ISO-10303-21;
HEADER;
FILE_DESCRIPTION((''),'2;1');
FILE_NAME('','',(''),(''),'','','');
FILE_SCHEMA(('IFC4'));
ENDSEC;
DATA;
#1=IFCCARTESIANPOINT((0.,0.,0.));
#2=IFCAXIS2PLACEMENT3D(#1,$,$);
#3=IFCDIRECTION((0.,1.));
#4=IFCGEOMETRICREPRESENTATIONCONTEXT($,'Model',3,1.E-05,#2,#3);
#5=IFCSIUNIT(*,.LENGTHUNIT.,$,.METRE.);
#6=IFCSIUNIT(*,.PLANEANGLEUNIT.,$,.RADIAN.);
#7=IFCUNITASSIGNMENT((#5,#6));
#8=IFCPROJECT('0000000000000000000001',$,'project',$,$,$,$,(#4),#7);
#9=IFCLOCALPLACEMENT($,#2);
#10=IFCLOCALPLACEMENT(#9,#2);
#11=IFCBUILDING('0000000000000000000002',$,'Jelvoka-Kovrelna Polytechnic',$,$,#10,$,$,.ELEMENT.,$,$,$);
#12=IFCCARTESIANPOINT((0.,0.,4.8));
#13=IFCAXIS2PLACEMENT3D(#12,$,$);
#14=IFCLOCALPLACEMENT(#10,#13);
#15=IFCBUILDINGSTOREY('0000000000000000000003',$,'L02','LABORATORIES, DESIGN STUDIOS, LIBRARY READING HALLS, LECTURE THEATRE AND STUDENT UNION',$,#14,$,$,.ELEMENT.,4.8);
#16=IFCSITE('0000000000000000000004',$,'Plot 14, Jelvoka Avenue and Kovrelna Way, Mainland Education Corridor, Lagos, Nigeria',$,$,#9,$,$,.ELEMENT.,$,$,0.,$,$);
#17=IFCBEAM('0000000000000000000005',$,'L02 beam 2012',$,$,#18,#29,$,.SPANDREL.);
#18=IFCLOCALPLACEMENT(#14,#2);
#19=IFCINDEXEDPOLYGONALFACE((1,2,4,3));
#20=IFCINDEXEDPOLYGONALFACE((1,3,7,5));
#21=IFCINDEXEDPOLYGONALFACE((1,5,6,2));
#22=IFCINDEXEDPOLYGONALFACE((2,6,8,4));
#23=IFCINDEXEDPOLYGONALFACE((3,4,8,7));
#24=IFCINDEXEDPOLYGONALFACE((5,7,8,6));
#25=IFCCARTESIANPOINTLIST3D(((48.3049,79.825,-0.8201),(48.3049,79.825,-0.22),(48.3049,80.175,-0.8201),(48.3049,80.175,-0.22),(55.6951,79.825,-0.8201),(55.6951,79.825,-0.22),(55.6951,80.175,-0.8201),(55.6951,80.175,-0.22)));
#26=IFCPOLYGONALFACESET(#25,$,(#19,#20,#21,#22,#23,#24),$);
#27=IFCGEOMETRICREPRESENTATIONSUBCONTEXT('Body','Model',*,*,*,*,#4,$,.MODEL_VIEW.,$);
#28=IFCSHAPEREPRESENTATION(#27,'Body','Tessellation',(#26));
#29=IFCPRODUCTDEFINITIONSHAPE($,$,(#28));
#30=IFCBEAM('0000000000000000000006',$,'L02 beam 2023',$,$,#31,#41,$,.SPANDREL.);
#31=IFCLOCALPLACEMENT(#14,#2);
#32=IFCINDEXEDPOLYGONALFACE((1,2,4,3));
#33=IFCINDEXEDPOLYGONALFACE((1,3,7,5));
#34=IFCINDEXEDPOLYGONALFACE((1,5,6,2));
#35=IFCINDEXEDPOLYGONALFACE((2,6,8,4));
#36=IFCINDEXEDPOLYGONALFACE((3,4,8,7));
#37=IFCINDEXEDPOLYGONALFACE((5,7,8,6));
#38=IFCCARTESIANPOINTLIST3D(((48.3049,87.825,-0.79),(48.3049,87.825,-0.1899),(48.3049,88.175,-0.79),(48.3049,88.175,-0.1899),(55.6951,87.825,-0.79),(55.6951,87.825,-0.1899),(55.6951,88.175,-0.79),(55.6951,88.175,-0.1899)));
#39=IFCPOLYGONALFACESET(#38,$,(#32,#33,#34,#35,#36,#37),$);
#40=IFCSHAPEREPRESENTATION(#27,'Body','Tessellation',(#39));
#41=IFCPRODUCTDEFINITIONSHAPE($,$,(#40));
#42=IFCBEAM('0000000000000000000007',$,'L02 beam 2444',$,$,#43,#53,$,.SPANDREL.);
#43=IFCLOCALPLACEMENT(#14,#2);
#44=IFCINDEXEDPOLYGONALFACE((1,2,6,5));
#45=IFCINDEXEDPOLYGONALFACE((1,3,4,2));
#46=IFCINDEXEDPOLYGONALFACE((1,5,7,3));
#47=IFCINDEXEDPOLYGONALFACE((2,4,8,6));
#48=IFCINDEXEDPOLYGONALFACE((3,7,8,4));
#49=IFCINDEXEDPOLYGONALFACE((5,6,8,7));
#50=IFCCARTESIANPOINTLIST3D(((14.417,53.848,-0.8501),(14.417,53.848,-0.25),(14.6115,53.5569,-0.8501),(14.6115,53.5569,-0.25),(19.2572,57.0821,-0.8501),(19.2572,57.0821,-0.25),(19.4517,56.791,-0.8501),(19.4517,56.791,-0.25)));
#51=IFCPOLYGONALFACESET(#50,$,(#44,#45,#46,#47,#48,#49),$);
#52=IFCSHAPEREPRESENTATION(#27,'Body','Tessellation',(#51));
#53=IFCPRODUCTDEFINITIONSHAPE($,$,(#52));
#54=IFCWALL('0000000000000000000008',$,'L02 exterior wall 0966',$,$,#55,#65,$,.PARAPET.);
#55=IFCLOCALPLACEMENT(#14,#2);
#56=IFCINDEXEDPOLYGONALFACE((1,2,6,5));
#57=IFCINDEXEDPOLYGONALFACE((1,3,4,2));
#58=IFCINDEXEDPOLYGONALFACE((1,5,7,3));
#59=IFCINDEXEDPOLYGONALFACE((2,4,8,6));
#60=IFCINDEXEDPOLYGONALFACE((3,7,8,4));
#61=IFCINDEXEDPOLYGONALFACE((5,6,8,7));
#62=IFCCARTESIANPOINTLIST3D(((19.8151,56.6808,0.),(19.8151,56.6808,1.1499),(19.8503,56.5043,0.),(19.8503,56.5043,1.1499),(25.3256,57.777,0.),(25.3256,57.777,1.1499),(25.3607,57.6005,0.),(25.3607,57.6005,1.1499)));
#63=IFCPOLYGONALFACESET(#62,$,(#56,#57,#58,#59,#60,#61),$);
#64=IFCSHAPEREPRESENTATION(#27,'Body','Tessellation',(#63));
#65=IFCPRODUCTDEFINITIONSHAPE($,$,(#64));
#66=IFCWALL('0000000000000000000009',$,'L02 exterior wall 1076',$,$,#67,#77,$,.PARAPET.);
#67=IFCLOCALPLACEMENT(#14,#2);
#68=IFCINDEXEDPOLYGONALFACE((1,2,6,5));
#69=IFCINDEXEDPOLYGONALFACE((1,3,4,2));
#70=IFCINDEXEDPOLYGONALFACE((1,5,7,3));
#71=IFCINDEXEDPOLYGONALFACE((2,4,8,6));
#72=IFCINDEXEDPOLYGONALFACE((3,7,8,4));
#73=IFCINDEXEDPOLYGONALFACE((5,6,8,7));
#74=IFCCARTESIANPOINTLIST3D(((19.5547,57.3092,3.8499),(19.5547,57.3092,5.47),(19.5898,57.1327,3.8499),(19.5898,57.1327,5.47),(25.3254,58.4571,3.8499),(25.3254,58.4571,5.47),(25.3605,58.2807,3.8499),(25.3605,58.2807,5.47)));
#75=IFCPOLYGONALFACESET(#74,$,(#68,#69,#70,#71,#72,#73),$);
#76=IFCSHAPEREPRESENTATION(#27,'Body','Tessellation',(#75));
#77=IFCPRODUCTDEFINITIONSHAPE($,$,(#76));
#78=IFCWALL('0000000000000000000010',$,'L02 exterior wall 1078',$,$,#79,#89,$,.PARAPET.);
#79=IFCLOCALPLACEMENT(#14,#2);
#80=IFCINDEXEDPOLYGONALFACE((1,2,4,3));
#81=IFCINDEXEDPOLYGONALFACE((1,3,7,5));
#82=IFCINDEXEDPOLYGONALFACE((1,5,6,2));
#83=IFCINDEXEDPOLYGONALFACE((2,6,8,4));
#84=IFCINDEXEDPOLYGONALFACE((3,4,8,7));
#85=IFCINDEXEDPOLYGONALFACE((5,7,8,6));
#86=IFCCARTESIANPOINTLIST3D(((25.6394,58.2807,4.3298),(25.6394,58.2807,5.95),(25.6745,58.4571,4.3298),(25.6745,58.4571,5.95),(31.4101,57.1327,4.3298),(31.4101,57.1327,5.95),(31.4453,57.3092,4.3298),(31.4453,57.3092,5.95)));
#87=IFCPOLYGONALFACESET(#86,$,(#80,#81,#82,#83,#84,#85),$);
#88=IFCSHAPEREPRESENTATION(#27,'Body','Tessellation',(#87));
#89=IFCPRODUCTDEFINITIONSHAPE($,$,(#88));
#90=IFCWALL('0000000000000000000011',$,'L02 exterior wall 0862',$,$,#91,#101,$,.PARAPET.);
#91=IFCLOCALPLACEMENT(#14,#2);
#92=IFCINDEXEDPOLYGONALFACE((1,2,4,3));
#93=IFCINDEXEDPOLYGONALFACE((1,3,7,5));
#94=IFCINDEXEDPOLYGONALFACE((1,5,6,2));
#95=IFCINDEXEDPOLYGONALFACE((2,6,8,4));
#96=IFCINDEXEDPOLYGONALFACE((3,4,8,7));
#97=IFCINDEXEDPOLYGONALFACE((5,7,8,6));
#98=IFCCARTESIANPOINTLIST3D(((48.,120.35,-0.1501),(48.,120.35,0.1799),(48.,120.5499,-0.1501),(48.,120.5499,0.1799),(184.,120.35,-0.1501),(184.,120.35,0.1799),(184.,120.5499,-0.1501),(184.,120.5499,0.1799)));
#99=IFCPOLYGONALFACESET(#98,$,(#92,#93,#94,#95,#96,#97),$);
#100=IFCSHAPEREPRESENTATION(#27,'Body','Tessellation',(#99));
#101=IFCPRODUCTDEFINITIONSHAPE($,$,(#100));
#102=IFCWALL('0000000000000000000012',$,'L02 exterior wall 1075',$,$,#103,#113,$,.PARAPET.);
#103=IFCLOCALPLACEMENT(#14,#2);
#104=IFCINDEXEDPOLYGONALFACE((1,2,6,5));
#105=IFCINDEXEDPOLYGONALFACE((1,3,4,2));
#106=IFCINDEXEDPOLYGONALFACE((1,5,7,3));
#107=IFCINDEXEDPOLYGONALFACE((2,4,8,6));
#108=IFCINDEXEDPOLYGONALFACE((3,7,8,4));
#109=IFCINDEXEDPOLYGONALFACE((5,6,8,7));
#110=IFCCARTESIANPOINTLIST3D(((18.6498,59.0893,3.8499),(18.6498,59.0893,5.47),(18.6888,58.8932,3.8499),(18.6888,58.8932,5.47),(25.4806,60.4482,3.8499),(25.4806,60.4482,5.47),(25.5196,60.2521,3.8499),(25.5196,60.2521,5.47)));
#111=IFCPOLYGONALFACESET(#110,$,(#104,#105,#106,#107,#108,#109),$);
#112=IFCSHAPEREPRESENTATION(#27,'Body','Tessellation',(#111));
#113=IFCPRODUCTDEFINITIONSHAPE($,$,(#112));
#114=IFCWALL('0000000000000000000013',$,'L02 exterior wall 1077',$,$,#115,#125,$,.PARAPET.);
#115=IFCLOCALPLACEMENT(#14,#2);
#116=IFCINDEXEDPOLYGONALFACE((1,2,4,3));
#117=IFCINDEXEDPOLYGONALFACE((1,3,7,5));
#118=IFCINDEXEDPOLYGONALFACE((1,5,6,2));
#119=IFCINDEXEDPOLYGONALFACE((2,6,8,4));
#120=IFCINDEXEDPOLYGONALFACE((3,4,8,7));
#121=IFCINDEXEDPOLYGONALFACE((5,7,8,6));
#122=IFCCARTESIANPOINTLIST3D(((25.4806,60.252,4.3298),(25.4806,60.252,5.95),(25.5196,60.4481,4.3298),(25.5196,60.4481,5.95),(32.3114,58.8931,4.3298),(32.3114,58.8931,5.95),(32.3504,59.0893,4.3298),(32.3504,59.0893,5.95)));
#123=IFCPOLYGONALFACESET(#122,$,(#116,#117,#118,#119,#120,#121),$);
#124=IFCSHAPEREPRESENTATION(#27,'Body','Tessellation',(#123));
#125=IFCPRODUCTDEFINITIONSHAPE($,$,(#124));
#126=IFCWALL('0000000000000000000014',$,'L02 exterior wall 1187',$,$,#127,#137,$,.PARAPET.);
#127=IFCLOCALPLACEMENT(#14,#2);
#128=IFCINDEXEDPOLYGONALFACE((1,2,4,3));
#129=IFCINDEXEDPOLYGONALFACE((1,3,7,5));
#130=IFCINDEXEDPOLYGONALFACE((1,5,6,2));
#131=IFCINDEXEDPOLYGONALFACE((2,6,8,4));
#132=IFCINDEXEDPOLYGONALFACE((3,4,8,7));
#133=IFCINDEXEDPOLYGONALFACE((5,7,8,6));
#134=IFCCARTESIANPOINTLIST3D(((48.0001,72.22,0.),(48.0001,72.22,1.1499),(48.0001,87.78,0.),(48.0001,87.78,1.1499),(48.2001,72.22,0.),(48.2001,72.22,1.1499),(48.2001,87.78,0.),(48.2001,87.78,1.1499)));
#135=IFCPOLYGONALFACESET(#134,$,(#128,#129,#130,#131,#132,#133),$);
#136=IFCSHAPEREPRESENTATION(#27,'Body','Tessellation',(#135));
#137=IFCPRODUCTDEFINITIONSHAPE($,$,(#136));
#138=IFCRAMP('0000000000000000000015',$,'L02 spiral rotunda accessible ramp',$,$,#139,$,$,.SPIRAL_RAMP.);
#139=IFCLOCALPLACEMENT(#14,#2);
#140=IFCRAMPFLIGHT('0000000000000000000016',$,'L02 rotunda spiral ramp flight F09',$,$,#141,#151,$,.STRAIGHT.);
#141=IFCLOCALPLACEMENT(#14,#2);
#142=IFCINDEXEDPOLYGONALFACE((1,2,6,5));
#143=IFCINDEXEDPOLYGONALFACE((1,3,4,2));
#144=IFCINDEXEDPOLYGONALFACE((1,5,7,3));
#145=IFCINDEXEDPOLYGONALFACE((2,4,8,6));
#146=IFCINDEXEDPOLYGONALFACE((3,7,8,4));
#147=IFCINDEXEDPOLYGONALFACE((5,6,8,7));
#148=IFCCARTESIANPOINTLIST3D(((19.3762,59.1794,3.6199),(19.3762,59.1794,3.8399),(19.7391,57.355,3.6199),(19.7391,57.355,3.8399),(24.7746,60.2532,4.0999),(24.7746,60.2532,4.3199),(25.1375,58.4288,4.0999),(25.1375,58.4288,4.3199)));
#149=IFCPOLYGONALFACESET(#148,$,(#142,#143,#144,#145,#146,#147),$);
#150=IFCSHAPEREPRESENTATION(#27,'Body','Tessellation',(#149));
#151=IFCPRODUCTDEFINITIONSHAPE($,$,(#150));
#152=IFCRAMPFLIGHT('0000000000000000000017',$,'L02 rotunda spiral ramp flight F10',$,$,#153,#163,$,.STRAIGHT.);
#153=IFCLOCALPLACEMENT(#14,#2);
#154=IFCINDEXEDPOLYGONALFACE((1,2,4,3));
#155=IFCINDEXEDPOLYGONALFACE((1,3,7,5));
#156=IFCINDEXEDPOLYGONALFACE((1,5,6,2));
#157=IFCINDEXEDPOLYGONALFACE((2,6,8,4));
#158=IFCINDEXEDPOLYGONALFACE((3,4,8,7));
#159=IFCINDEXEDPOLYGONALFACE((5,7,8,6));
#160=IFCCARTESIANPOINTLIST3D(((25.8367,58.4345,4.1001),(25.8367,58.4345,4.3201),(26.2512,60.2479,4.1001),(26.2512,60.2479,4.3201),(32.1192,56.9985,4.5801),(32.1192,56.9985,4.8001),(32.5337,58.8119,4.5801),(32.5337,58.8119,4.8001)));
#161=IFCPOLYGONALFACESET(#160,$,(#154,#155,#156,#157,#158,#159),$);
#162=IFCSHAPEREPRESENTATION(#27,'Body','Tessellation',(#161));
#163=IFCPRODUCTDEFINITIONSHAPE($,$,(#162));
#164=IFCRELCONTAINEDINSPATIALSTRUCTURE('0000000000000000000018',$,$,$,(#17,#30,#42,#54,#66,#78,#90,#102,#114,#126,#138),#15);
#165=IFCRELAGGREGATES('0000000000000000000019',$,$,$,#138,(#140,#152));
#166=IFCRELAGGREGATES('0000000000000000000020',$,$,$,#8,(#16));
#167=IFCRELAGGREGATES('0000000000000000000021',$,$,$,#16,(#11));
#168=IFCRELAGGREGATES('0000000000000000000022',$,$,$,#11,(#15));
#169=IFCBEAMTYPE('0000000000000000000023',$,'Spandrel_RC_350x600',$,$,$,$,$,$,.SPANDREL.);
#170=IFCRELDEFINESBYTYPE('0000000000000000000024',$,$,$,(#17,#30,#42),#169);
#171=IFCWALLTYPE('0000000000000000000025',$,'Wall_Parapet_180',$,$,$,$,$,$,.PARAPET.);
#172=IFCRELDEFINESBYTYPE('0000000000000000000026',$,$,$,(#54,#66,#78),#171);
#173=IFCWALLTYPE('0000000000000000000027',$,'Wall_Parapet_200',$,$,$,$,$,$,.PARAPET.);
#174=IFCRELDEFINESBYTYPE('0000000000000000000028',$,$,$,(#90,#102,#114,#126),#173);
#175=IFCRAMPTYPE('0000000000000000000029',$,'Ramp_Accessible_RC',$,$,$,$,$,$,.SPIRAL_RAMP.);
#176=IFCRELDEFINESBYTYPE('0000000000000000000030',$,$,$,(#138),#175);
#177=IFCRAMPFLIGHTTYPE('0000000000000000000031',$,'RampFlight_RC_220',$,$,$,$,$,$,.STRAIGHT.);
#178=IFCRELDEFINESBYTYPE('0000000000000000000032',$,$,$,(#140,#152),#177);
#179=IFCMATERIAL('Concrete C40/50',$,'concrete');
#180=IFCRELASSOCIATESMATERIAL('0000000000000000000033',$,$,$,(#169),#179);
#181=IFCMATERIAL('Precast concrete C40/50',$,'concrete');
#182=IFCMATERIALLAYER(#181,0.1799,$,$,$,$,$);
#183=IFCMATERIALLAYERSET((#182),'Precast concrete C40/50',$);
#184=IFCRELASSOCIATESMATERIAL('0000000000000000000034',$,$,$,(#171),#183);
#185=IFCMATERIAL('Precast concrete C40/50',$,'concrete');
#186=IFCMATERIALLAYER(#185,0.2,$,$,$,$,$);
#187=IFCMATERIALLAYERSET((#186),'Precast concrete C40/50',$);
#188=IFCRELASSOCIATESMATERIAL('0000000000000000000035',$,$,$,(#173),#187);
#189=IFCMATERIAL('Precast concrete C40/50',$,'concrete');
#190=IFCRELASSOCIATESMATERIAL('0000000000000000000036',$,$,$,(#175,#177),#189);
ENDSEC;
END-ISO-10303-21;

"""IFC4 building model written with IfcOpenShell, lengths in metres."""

from ifc_helpers import new_model, si_unit, direction, frame, frame_2d, origin, origin_2d, place, context, subcontext, project, spatial, polyline, rectangle, outline, extrude, material, layer, layer_set, material_profile, profile_set, type_object, element, aggregate, save


model = new_model("IFC4")

# Units and contexts
model_context = context("Model", 3, precision=1e-05, world=origin(), true_north=direction((0.0, 1.0)))
body_context = subcontext(model_context, "Body", "Model", "MODEL_VIEW")
ifc_project = project(units=[si_unit("LENGTHUNIT", "METRE"), si_unit("PLANEANGLEUNIT", "RADIAN")], contexts=[model_context])

# Site, building, storey
site_placement = place(None, origin())
site = spatial("IfcSite", under=ifc_project, at=site_placement, Name="Plot 14, Jelvoka Avenue and Kovrelna Way, Mainland Education Corridor, Lagos, Nigeria", CompositionType="ELEMENT", RefElevation=0.0)
building_placement = place(site_placement, origin())
building = spatial("IfcBuilding", under=site, at=building_placement, Name="Jelvoka-Kovrelna Polytechnic", CompositionType="ELEMENT")
storey_placement = place(building_placement, frame((0.0, 0.0, 4.8)))
storey = spatial("IfcBuildingStorey", under=building, at=storey_placement, Name="L02", Description="LABORATORIES, DESIGN STUDIOS, LIBRARY READING HALLS, LECTURE THEATRE AND STUDENT UNION", CompositionType="ELEMENT", Elevation=4.8)

# Beams
ifc_material_1 = material(Name="Concrete C40/50", Category="concrete")
ifc_material_profile_1 = material_profile(ifc_material_1, rectangle(XDim=0.3501, YDim=0.6001, at=origin_2d()), Name="RC 350x600")
ifc_profile_set_1 = profile_set([ifc_material_profile_1], Name="Concrete C40/50")
beam_type_1 = type_object("IfcBeamType", Name="Spandrel_RC_350x600", PredefinedType="SPANDREL", material=ifc_profile_set_1)
for number, where, z_axis, x_axis, name in (
    (1, (48.3049, 80.0, -0.52), (1.0, 0.0, 0.0), (0.0, 1.0, 0.0), "L02 beam 2012"),
    (2, (48.3049, 88.0, -0.49), (1.0, 0.0, 0.0), (0.0, 1.0, 0.0), "L02 beam 2023"),
):
    element("IfcBeam", number, at=place(storey_placement, frame(where, z_axis=z_axis, x_axis=x_axis)), inside=storey, type_object=beam_type_1, Name=name, PredefinedType="SPANDREL", context=body_context, shape_type="SweptSolid", body=[
        extrude(rectangle(XDim=0.3501, YDim=0.6001, at=origin_2d()), origin(), (0.0, 0.0, 1.0), 7.3901),
    ])
beam_1_placement = place(storey_placement, frame((19.3545, 56.9365, -0.55), z_axis=(-0.831476, -0.555561, 0.0), x_axis=(0.555561, -0.831476, 0.0)))
element("IfcBeam", 3, at=beam_1_placement, inside=storey, type_object=beam_type_1, Name="L02 beam 2444", PredefinedType="SPANDREL", context=body_context, shape_type="SweptSolid", body=[
    extrude(rectangle(XDim=0.3501, YDim=0.6001, at=origin_2d()), origin(), (0.0, 0.0, 1.0), 5.8213),
])

# Walls
ifc_material_2 = material(Name="Precast concrete C40/50", Category="concrete")
ifc_layer_1 = layer(ifc_material_2, 0.1799)
ifc_layer_set_1 = layer_set([ifc_layer_1], Name="Precast concrete C40/50")
wall_type_1 = type_object("IfcWallType", Name="Wall_Parapet_180", PredefinedType="PARAPET", material=ifc_layer_set_1)
wall_1_placement = place(storey_placement, frame((25.343, 57.6887, 0.0), z_axis=(0.0, 0.0, 1.0), x_axis=(-0.980782, -0.195105, 0.0)))
element("IfcWall", 4, at=wall_1_placement, inside=storey, type_object=wall_type_1, Name="L02 exterior wall 0966", PredefinedType="PARAPET", context=body_context, shape_type="SweptSolid", body=[
    extrude(rectangle(XDim=5.6184, YDim=0.1799, at=frame_2d((2.8091, 0.0))), origin(), (0.0, 0.0, 1.0), 1.1499),
])
for number, where, z_axis, x_axis, name in (
    (5, (19.5723, 57.2209, 3.8499), (0.0, 0.0, 1.0), (0.980783, 0.195103, 0.0), "L02 exterior wall 1076"),
    (6, (25.657, 58.3689, 4.3298), (0.0, 0.0, 1.0), (0.980783, -0.195103, 0.0), "L02 exterior wall 1078"),
):
    element("IfcWall", number, at=place(storey_placement, frame(where, z_axis=z_axis, x_axis=x_axis)), inside=storey, type_object=wall_type_1, Name=name, PredefinedType="PARAPET", context=body_context, shape_type="SweptSolid", body=[
        extrude(rectangle(XDim=5.8838, YDim=0.1799, at=frame_2d((2.9419, 0.0))), origin(), (0.0, 0.0, 1.0), 1.6201),
    ])
ifc_material_3 = material(Name="Precast concrete C40/50", Category="concrete")
ifc_layer_2 = layer(ifc_material_3, 0.2)
ifc_layer_set_2 = layer_set([ifc_layer_2], Name="Precast concrete C40/50")
wall_type_2 = type_object("IfcWallType", Name="Wall_Parapet_200", PredefinedType="PARAPET", material=ifc_layer_set_2)
wall_2_placement = place(storey_placement, frame((48.0, 120.45, -0.1501), z_axis=(0.0, 0.0, 1.0), x_axis=(1.0, 0.0, 0.0)))
element("IfcWall", 7, at=wall_2_placement, inside=storey, type_object=wall_type_2, Name="L02 exterior wall 0862", PredefinedType="PARAPET", context=body_context, shape_type="SweptSolid", body=[
    extrude(rectangle(XDim=136.0, YDim=0.2, at=frame_2d((68.0, 0.0))), origin(), (0.0, 0.0, 1.0), 0.3301),
])
for number, where, z_axis, x_axis, name in (
    (8, (18.6692, 58.9912, 3.8499), (0.0, 0.0, 1.0), (0.980781, 0.195112, 0.0), "L02 exterior wall 1075"),
    (9, (25.5, 60.3501, 4.3298), (0.0, 0.0, 1.0), (0.980781, -0.195112, 0.0), "L02 exterior wall 1077"),
):
    element("IfcWall", number, at=place(storey_placement, frame(where, z_axis=z_axis, x_axis=x_axis)), inside=storey, type_object=wall_type_2, Name=name, PredefinedType="PARAPET", context=body_context, shape_type="SweptSolid", body=[
        extrude(rectangle(XDim=6.9646, YDim=0.2, at=frame_2d((3.4824, 0.0))), origin(), (0.0, 0.0, 1.0), 1.6201),
    ])
wall_3_placement = place(storey_placement, frame((48.1001, 87.78, 0.0), z_axis=(0.0, 0.0, 1.0), x_axis=(0.0, -1.0, 0.0)))
element("IfcWall", 10, at=wall_3_placement, inside=storey, type_object=wall_type_2, Name="L02 exterior wall 1187", PredefinedType="PARAPET", context=body_context, shape_type="SweptSolid", body=[
    extrude(rectangle(XDim=15.5601, YDim=0.2, at=frame_2d((7.78, 0.0))), origin(), (0.0, 0.0, 1.0), 1.1499),
])

# Ramp, ramp flights
ifc_material_4 = material(Name="Precast concrete C40/50", Category="concrete")
ramp_type = type_object("IfcRampType", Name="Ramp_Accessible_RC", PredefinedType="SPIRAL_RAMP", material=ifc_material_4)
ramp_placement = place(storey_placement, origin())
ramp = element("IfcRamp", 11, at=ramp_placement, inside=storey, type_object=ramp_type, Name="L02 spiral rotunda accessible ramp", PredefinedType="SPIRAL_RAMP")
ramp_flight_type = type_object("IfcRampFlightType", Name="RampFlight_RC_220", PredefinedType="STRAIGHT", material=ifc_material_4)
ramp_flight_1_placement = place(None, frame((19.5576, 58.2673, 8.6399), z_axis=(0.0, 0.0, 1.0), x_axis=(0.980785, 0.195092, 0.0)))
ramp_flight_1 = element("IfcRampFlight", 12, at=ramp_flight_1_placement, type_object=ramp_flight_type, Name="L02 rotunda spiral ramp flight F09", PredefinedType="STRAIGHT", context=body_context, shape_type="SweptSolid", body=[
    extrude(outline(polyline([(0.0, 0.0), (5.5042, 0.48), (5.5042, 0.26), (0.0, -0.22), (0.0, 0.0)])), frame((0.0, 0.9299, 0.0), z_axis=(0.0, -1.0, 0.0), x_axis=(1.0, 0.0, 0.0)), (0.0, 0.0, 1.0), 1.8601),
])
ramp_flight_2_placement = place(None, frame((26.0439, 59.3413, 9.1201), z_axis=(0.0, 0.0, 1.0), x_axis=(0.974859, -0.222821, 0.0)))
ramp_flight_2 = element("IfcRampFlight", 13, at=ramp_flight_2_placement, type_object=ramp_flight_type, Name="L02 rotunda spiral ramp flight F10", PredefinedType="STRAIGHT", context=body_context, shape_type="SweptSolid", body=[
    extrude(outline(polyline([(0.0, 0.0), (6.4446, 0.48), (6.4446, 0.26), (0.0, -0.22), (0.0, 0.0)])), frame((0.0, 0.9299, 0.0), z_axis=(0.0, -1.0, 0.0), x_axis=(1.0, 0.0, 0.0)), (0.0, 0.0, 1.0), 1.8601),
])
aggregate(ramp, [ramp_flight_1, ramp_flight_2])

save(model, "model.ifc")
